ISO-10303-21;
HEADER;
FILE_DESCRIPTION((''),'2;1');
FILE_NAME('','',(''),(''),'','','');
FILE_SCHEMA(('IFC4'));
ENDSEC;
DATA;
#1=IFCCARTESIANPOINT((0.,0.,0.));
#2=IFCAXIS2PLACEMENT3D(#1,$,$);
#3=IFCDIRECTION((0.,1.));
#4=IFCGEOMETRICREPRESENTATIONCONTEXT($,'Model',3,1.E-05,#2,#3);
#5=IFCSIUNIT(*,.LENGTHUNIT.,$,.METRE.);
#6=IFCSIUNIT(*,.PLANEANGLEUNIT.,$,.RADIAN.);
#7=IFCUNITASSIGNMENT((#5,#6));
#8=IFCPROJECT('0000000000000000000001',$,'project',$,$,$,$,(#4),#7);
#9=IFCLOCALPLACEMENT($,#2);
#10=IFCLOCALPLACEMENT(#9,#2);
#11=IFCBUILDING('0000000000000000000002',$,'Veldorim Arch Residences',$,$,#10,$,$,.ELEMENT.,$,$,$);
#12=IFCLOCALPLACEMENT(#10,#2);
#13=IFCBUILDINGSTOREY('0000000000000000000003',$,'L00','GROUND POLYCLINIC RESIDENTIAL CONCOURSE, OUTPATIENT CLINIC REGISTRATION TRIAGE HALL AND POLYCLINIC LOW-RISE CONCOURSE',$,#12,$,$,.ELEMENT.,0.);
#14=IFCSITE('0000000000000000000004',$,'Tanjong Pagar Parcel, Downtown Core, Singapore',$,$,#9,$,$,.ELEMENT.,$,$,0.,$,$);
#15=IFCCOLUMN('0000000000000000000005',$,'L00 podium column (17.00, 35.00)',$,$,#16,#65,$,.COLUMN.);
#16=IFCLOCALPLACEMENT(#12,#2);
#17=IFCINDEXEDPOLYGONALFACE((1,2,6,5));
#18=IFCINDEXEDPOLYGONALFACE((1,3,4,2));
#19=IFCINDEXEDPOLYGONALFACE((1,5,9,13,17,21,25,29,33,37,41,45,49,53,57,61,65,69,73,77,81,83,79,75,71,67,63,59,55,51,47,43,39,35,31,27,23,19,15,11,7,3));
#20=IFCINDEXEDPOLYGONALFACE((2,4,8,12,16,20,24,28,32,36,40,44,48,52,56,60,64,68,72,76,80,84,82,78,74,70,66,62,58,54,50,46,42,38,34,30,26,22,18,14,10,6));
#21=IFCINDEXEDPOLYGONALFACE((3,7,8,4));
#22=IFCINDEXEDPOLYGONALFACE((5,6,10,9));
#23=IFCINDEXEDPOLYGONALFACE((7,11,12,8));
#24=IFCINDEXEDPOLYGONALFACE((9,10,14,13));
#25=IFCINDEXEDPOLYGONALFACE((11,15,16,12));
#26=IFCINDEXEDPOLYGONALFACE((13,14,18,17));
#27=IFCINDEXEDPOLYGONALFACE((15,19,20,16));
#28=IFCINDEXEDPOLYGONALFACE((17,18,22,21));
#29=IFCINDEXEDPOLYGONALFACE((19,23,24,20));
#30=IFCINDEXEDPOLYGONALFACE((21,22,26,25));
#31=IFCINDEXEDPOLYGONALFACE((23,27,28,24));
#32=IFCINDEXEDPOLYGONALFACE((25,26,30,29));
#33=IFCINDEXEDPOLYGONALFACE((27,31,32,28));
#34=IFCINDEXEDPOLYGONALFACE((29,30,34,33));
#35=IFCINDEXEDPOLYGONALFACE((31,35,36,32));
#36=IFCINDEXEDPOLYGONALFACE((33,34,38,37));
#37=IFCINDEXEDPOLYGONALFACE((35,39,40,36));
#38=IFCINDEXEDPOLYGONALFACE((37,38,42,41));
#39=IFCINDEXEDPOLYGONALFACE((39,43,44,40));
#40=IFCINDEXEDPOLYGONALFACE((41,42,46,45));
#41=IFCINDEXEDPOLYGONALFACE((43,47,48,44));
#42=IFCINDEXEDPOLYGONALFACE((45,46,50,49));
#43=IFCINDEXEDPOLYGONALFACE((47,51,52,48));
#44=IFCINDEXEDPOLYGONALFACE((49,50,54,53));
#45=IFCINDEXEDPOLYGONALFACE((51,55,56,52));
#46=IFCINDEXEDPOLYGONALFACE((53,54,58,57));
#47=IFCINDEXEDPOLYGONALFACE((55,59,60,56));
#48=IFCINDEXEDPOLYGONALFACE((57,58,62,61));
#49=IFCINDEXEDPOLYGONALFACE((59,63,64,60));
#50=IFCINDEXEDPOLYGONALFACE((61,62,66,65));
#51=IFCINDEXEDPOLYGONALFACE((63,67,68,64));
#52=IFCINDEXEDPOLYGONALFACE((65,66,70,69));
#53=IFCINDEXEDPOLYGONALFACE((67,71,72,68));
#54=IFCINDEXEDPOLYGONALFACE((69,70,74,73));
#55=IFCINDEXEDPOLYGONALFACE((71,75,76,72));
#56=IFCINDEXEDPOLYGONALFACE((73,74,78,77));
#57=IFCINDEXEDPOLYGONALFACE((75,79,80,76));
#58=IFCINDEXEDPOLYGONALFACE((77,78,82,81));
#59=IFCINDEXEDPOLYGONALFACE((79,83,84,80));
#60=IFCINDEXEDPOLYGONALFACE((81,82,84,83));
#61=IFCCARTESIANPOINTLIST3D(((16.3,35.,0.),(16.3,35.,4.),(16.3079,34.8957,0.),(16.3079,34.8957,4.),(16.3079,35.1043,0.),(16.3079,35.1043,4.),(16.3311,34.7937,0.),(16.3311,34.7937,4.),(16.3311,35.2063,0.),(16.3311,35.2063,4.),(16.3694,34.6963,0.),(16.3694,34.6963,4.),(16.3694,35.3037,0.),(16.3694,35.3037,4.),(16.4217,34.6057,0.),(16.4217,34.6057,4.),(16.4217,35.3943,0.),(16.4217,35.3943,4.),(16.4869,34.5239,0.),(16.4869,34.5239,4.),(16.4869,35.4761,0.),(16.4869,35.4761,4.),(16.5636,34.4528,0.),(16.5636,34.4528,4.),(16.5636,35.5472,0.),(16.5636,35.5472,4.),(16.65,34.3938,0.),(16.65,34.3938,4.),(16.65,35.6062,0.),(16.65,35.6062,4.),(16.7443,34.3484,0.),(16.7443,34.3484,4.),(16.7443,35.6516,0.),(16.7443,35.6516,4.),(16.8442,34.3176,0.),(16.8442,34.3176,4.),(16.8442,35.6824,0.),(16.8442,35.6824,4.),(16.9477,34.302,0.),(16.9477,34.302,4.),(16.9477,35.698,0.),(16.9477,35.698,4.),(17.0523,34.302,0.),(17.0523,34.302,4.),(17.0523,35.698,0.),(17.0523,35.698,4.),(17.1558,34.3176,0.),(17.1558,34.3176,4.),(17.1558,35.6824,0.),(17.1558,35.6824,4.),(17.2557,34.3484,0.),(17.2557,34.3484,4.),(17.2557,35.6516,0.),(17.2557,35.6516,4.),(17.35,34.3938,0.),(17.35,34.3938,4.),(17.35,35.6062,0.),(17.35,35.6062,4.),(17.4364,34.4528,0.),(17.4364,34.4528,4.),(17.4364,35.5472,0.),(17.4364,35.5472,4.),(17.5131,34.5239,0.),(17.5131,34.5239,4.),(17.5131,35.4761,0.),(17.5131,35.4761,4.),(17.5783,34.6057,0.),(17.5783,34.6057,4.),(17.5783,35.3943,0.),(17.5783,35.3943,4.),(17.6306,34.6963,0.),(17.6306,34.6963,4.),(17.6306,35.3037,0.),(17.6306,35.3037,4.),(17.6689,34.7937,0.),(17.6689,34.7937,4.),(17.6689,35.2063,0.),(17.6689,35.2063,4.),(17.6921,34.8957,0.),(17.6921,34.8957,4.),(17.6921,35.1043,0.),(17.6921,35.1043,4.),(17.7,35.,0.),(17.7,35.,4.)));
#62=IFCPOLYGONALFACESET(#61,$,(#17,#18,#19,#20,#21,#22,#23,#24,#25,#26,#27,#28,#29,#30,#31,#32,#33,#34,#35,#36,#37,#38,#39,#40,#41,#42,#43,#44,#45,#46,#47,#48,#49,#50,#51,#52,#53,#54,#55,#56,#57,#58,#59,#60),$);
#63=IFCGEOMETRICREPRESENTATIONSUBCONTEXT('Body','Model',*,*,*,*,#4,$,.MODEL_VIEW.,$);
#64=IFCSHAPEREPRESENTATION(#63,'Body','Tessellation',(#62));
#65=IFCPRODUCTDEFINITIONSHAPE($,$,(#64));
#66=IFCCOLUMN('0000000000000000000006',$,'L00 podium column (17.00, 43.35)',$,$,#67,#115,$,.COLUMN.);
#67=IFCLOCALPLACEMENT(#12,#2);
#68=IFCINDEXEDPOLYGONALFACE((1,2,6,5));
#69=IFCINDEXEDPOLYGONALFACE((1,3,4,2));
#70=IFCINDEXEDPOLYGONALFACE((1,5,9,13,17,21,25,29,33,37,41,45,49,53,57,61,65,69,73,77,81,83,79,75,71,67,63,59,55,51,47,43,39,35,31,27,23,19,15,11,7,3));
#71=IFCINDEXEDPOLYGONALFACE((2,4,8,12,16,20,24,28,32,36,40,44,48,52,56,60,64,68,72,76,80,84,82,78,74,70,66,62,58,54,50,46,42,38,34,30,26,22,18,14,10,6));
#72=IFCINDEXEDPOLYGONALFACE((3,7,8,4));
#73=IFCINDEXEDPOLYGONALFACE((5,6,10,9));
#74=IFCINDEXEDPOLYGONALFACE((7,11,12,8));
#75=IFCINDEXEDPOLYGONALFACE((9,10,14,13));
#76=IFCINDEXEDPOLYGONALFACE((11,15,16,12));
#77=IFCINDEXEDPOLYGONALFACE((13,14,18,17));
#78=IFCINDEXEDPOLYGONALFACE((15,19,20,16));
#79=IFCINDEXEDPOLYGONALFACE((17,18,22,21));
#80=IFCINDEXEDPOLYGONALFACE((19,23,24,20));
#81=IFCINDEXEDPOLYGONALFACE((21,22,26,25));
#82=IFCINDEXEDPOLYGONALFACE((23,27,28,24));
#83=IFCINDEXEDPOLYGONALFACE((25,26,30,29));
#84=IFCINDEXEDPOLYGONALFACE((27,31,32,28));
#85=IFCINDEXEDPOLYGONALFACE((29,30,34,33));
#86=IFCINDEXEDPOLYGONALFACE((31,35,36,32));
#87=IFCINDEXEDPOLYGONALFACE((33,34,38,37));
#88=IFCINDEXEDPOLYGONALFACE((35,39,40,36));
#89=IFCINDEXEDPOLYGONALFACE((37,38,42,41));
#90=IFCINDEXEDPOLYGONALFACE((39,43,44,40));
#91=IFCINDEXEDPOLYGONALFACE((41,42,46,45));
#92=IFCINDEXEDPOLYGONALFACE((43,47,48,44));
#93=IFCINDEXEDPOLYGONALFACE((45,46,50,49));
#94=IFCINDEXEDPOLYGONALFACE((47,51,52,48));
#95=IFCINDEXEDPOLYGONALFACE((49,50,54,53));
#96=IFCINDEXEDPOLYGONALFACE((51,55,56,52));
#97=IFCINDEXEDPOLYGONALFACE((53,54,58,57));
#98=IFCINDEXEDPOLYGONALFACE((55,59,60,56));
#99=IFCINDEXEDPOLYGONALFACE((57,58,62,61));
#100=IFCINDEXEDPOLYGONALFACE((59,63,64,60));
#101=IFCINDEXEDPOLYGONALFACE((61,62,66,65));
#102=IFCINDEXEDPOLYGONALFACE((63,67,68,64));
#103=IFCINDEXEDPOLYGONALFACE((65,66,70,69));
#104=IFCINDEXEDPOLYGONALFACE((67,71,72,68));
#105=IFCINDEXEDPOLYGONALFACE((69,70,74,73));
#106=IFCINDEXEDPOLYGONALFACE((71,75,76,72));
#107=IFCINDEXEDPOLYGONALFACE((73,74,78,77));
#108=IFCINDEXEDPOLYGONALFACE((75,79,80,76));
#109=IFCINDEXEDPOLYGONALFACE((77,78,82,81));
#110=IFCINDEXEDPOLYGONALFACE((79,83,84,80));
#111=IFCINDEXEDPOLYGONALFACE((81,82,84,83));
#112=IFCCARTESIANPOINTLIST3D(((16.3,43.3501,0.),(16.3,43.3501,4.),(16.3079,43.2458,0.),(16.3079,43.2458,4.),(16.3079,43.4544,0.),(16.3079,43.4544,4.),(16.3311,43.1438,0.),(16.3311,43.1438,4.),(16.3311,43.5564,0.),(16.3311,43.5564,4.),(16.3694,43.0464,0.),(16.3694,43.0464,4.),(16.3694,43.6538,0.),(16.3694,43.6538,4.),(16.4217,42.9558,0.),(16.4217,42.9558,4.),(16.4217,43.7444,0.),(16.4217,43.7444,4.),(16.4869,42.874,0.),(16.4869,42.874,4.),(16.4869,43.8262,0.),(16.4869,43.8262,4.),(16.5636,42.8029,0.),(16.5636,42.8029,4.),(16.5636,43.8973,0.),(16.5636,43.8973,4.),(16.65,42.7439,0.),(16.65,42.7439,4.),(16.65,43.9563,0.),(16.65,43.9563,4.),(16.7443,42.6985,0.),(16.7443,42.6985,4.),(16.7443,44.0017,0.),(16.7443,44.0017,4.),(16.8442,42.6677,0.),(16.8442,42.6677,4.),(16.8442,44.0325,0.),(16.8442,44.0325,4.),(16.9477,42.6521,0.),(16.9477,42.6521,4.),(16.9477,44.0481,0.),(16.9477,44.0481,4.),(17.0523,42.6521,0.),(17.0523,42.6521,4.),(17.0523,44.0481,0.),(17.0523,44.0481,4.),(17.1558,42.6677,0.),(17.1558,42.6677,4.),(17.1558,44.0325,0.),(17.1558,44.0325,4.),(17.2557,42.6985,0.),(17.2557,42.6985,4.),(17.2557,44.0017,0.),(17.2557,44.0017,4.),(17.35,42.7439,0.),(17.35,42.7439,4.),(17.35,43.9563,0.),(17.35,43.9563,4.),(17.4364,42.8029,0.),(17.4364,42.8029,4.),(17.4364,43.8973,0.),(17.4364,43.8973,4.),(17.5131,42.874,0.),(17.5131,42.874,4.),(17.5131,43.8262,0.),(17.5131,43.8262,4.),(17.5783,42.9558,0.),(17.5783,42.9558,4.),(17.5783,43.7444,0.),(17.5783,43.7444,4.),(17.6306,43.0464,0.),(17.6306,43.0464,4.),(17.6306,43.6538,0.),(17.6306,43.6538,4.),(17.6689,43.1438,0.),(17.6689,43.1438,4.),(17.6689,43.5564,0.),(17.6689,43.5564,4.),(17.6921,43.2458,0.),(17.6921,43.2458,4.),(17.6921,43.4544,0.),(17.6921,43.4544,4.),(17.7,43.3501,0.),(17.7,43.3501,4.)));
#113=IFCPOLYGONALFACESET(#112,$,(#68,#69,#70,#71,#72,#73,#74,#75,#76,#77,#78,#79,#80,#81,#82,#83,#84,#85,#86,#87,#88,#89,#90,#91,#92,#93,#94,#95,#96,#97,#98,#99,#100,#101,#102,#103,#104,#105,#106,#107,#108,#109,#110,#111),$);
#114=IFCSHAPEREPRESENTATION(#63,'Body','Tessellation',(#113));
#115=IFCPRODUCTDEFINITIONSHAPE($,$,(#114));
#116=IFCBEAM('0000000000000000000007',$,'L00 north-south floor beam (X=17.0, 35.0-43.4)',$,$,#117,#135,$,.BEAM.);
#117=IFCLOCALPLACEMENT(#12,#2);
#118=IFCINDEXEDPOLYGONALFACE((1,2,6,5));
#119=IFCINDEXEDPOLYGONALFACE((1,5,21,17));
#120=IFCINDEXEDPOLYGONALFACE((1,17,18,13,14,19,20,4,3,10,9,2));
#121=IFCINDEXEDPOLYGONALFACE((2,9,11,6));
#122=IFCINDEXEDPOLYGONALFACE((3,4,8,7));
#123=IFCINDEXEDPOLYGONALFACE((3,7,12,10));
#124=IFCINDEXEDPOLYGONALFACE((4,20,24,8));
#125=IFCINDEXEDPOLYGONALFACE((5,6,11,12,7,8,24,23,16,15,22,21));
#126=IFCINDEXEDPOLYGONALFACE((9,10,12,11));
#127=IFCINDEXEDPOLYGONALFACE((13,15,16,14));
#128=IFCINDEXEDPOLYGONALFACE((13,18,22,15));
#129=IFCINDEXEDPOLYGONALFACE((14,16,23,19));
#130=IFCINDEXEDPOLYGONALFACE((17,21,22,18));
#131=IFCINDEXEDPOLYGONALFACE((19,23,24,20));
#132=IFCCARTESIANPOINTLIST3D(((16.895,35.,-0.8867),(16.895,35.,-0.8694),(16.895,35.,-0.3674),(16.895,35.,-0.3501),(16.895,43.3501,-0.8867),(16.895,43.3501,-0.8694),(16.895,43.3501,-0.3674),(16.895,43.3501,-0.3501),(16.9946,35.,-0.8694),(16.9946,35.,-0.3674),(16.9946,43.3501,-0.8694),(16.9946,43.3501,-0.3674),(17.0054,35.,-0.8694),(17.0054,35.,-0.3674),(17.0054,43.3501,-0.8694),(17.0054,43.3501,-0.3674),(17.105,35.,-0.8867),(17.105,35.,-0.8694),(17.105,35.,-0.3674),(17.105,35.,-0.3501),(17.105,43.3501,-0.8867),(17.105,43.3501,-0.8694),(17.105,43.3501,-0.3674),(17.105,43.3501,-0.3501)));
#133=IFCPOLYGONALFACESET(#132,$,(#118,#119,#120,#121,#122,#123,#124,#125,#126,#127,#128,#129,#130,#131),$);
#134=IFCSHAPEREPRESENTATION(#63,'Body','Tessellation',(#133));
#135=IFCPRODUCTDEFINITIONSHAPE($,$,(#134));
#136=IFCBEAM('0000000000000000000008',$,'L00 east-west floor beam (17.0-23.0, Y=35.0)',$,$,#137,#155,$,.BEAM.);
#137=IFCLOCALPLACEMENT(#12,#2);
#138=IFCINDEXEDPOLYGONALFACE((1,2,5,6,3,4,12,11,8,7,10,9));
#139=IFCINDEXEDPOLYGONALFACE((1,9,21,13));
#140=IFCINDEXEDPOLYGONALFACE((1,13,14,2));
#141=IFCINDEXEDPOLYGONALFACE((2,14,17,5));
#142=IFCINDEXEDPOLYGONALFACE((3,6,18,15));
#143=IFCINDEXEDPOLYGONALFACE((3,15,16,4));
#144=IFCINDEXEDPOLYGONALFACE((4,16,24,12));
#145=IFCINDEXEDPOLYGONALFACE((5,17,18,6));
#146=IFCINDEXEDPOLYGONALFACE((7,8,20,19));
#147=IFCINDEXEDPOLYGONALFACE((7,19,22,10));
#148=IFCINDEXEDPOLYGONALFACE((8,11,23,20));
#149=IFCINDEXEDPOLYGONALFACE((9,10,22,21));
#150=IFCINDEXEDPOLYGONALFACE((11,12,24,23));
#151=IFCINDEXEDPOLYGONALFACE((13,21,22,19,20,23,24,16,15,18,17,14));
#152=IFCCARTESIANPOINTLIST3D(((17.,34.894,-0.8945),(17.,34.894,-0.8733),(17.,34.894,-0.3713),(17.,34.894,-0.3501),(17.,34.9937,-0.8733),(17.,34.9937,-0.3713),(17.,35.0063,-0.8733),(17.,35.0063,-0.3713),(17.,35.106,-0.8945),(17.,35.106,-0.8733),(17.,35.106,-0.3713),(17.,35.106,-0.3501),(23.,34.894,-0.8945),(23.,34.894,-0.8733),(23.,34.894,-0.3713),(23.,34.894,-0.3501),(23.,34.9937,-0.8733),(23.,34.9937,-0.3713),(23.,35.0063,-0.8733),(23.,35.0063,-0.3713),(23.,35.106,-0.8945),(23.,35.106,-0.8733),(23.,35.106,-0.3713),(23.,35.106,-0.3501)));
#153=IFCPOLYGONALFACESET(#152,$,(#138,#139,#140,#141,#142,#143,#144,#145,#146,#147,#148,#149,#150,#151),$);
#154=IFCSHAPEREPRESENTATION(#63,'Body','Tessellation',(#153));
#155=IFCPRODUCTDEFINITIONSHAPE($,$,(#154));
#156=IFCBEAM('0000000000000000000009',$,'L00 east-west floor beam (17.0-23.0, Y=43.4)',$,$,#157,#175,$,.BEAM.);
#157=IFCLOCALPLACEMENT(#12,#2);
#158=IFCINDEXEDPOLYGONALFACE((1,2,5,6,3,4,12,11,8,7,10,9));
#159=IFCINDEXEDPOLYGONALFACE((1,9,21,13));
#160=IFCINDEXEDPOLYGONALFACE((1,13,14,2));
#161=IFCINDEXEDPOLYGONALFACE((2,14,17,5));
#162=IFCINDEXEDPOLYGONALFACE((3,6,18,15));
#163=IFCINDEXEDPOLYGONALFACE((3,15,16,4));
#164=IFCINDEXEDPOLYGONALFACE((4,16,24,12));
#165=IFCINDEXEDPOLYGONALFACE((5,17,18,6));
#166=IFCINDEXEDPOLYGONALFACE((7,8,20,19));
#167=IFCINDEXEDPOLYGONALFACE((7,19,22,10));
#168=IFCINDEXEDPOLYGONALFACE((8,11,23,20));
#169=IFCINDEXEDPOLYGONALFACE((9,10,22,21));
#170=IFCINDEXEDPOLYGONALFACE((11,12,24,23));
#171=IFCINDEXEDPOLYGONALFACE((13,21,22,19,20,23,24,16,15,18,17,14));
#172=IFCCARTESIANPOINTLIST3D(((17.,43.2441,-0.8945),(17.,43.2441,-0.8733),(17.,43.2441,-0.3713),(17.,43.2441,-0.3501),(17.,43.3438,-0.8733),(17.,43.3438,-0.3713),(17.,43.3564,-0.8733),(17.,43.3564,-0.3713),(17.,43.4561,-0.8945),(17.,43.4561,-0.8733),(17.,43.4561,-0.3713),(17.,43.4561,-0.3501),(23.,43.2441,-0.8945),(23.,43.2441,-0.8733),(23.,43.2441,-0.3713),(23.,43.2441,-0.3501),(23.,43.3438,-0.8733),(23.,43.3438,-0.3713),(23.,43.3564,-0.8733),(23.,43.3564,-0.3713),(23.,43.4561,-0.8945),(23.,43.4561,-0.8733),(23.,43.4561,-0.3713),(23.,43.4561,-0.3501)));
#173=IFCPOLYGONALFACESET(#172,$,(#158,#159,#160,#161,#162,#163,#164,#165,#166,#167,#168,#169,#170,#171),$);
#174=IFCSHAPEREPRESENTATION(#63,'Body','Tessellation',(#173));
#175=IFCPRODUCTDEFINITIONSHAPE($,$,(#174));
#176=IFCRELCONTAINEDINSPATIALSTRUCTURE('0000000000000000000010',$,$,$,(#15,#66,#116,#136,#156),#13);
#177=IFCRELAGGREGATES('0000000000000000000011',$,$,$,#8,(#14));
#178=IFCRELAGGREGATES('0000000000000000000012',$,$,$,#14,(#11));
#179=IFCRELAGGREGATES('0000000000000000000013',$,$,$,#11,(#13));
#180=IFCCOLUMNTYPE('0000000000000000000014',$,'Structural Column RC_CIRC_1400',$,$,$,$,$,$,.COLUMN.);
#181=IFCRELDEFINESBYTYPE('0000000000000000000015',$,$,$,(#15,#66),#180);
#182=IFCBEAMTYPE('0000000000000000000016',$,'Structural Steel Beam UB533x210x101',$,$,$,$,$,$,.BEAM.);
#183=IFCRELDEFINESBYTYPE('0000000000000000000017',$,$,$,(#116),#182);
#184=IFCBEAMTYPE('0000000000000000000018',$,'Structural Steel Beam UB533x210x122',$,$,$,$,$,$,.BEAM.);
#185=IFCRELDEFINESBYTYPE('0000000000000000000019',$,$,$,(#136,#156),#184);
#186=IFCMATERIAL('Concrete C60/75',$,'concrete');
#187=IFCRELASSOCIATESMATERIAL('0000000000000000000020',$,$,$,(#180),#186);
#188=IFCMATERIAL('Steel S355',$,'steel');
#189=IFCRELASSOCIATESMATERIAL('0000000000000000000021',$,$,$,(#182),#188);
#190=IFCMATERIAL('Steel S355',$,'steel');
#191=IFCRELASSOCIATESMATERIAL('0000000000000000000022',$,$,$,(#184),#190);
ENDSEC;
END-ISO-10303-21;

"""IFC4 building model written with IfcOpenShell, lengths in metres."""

from ifc_helpers import new_model, si_unit, direction, frame, origin, origin_2d, place, context, subcontext, project, spatial, circle, i_section, extrude, material, material_profile, profile_set, type_object, element, save


model = new_model("IFC4")

# Units and contexts
model_context = context("Model", 3, precision=1e-05, world=origin(), true_north=direction((0.0, 1.0)))
body_context = subcontext(model_context, "Body", "Model", "MODEL_VIEW")
ifc_project = project(units=[si_unit("LENGTHUNIT", "METRE"), si_unit("PLANEANGLEUNIT", "RADIAN")], contexts=[model_context])

# Site, building, storey
site_placement = place(None, origin())
site = spatial("IfcSite", under=ifc_project, at=site_placement, Name="Tanjong Pagar Parcel, Downtown Core, Singapore", CompositionType="ELEMENT", RefElevation=0.0)
building_placement = place(site_placement, origin())
building = spatial("IfcBuilding", under=site, at=building_placement, Name="Veldorim Arch Residences", CompositionType="ELEMENT")
storey_placement = place(building_placement, origin())
storey = spatial("IfcBuildingStorey", under=building, at=storey_placement, Name="L00", Description="GROUND POLYCLINIC RESIDENTIAL CONCOURSE, OUTPATIENT CLINIC REGISTRATION TRIAGE HALL AND POLYCLINIC LOW-RISE CONCOURSE", CompositionType="ELEMENT", Elevation=0.0)

# Columns
ifc_material_1 = material(Name="Concrete C60/75", Category="concrete")
ifc_material_profile_1 = material_profile(ifc_material_1, circle(Radius=0.7, at=origin_2d()), Name="RC_CIRC_1400")
ifc_profile_set_1 = profile_set([ifc_material_profile_1], Name="Concrete C60/75")
column_type = type_object("IfcColumnType", Name="Structural Column RC_CIRC_1400", PredefinedType="COLUMN", material=ifc_profile_set_1)
for number, where, z_axis, x_axis, name in (
    (1, (17.0, 35.0, 0.0), (0.0, 0.0, 1.0), (1.0, 0.0, 0.0), "L00 podium column (17.00, 35.00)"),
    (2, (17.0, 43.3501, 0.0), (0.0, 0.0, 1.0), (1.0, 0.0, 0.0), "L00 podium column (17.00, 43.35)"),
):
    element("IfcColumn", number, at=place(storey_placement, frame(where, z_axis=z_axis, x_axis=x_axis)), inside=storey, type_object=column_type, Name=name, PredefinedType="COLUMN", context=body_context, shape_type="SweptSolid", body=[
        extrude(circle(Radius=0.7, at=origin_2d()), origin(), (0.0, 0.0, 1.0), 4.0),
    ])

# Beams
ifc_material_2 = material(Name="Steel S355", Category="steel")
ifc_material_profile_2 = material_profile(ifc_material_2, i_section(OverallWidth=0.21, OverallDepth=0.5366, WebThickness=0.0107, FlangeThickness=0.0173, at=origin_2d()), Name="UB533x210x101")
ifc_profile_set_2 = profile_set([ifc_material_profile_2], Name="Steel S355")
beam_type_1 = type_object("IfcBeamType", Name="Structural Steel Beam UB533x210x101", PredefinedType="BEAM", material=ifc_profile_set_2)
beam_placement = place(storey_placement, frame((17.0, 35.0, -0.6184), z_axis=(0.0, 1.0, 0.0), x_axis=(-1.0, 0.0, 0.0)))
element("IfcBeam", 3, at=beam_placement, inside=storey, type_object=beam_type_1, Name="L00 north-south floor beam (X=17.0, 35.0-43.4)", PredefinedType="BEAM", context=body_context, shape_type="SweptSolid", body=[
    extrude(i_section(OverallWidth=0.21, OverallDepth=0.5366, WebThickness=0.0107, FlangeThickness=0.0173, at=origin_2d()), origin(), (0.0, 0.0, 1.0), 8.3501),
])
ifc_material_3 = material(Name="Steel S355", Category="steel")
ifc_material_profile_3 = material_profile(ifc_material_3, i_section(OverallWidth=0.2119, OverallDepth=0.5444, WebThickness=0.0127, FlangeThickness=0.0212, at=origin_2d()), Name="UB533x210x122")
ifc_profile_set_3 = profile_set([ifc_material_profile_3], Name="Steel S355")
beam_type_2 = type_object("IfcBeamType", Name="Structural Steel Beam UB533x210x122", PredefinedType="BEAM", material=ifc_profile_set_3)
for number, where, z_axis, x_axis, name in (
    (4, (17.0, 35.0, -0.6223), (1.0, 0.0, 0.0), (0.0, 1.0, 0.0), "L00 east-west floor beam (17.0-23.0, Y=35.0)"),
    (5, (17.0, 43.3501, -0.6223), (1.0, 0.0, 0.0), (0.0, 1.0, 0.0), "L00 east-west floor beam (17.0-23.0, Y=43.4)"),
):
    element("IfcBeam", number, at=place(storey_placement, frame(where, z_axis=z_axis, x_axis=x_axis)), inside=storey, type_object=beam_type_2, Name=name, PredefinedType="BEAM", context=body_context, shape_type="SweptSolid", body=[
        extrude(i_section(OverallWidth=0.2119, OverallDepth=0.5444, WebThickness=0.0127, FlangeThickness=0.0212, at=origin_2d()), origin(), (0.0, 0.0, 1.0), 6.0),
    ])

save(model, "model.ifc")
